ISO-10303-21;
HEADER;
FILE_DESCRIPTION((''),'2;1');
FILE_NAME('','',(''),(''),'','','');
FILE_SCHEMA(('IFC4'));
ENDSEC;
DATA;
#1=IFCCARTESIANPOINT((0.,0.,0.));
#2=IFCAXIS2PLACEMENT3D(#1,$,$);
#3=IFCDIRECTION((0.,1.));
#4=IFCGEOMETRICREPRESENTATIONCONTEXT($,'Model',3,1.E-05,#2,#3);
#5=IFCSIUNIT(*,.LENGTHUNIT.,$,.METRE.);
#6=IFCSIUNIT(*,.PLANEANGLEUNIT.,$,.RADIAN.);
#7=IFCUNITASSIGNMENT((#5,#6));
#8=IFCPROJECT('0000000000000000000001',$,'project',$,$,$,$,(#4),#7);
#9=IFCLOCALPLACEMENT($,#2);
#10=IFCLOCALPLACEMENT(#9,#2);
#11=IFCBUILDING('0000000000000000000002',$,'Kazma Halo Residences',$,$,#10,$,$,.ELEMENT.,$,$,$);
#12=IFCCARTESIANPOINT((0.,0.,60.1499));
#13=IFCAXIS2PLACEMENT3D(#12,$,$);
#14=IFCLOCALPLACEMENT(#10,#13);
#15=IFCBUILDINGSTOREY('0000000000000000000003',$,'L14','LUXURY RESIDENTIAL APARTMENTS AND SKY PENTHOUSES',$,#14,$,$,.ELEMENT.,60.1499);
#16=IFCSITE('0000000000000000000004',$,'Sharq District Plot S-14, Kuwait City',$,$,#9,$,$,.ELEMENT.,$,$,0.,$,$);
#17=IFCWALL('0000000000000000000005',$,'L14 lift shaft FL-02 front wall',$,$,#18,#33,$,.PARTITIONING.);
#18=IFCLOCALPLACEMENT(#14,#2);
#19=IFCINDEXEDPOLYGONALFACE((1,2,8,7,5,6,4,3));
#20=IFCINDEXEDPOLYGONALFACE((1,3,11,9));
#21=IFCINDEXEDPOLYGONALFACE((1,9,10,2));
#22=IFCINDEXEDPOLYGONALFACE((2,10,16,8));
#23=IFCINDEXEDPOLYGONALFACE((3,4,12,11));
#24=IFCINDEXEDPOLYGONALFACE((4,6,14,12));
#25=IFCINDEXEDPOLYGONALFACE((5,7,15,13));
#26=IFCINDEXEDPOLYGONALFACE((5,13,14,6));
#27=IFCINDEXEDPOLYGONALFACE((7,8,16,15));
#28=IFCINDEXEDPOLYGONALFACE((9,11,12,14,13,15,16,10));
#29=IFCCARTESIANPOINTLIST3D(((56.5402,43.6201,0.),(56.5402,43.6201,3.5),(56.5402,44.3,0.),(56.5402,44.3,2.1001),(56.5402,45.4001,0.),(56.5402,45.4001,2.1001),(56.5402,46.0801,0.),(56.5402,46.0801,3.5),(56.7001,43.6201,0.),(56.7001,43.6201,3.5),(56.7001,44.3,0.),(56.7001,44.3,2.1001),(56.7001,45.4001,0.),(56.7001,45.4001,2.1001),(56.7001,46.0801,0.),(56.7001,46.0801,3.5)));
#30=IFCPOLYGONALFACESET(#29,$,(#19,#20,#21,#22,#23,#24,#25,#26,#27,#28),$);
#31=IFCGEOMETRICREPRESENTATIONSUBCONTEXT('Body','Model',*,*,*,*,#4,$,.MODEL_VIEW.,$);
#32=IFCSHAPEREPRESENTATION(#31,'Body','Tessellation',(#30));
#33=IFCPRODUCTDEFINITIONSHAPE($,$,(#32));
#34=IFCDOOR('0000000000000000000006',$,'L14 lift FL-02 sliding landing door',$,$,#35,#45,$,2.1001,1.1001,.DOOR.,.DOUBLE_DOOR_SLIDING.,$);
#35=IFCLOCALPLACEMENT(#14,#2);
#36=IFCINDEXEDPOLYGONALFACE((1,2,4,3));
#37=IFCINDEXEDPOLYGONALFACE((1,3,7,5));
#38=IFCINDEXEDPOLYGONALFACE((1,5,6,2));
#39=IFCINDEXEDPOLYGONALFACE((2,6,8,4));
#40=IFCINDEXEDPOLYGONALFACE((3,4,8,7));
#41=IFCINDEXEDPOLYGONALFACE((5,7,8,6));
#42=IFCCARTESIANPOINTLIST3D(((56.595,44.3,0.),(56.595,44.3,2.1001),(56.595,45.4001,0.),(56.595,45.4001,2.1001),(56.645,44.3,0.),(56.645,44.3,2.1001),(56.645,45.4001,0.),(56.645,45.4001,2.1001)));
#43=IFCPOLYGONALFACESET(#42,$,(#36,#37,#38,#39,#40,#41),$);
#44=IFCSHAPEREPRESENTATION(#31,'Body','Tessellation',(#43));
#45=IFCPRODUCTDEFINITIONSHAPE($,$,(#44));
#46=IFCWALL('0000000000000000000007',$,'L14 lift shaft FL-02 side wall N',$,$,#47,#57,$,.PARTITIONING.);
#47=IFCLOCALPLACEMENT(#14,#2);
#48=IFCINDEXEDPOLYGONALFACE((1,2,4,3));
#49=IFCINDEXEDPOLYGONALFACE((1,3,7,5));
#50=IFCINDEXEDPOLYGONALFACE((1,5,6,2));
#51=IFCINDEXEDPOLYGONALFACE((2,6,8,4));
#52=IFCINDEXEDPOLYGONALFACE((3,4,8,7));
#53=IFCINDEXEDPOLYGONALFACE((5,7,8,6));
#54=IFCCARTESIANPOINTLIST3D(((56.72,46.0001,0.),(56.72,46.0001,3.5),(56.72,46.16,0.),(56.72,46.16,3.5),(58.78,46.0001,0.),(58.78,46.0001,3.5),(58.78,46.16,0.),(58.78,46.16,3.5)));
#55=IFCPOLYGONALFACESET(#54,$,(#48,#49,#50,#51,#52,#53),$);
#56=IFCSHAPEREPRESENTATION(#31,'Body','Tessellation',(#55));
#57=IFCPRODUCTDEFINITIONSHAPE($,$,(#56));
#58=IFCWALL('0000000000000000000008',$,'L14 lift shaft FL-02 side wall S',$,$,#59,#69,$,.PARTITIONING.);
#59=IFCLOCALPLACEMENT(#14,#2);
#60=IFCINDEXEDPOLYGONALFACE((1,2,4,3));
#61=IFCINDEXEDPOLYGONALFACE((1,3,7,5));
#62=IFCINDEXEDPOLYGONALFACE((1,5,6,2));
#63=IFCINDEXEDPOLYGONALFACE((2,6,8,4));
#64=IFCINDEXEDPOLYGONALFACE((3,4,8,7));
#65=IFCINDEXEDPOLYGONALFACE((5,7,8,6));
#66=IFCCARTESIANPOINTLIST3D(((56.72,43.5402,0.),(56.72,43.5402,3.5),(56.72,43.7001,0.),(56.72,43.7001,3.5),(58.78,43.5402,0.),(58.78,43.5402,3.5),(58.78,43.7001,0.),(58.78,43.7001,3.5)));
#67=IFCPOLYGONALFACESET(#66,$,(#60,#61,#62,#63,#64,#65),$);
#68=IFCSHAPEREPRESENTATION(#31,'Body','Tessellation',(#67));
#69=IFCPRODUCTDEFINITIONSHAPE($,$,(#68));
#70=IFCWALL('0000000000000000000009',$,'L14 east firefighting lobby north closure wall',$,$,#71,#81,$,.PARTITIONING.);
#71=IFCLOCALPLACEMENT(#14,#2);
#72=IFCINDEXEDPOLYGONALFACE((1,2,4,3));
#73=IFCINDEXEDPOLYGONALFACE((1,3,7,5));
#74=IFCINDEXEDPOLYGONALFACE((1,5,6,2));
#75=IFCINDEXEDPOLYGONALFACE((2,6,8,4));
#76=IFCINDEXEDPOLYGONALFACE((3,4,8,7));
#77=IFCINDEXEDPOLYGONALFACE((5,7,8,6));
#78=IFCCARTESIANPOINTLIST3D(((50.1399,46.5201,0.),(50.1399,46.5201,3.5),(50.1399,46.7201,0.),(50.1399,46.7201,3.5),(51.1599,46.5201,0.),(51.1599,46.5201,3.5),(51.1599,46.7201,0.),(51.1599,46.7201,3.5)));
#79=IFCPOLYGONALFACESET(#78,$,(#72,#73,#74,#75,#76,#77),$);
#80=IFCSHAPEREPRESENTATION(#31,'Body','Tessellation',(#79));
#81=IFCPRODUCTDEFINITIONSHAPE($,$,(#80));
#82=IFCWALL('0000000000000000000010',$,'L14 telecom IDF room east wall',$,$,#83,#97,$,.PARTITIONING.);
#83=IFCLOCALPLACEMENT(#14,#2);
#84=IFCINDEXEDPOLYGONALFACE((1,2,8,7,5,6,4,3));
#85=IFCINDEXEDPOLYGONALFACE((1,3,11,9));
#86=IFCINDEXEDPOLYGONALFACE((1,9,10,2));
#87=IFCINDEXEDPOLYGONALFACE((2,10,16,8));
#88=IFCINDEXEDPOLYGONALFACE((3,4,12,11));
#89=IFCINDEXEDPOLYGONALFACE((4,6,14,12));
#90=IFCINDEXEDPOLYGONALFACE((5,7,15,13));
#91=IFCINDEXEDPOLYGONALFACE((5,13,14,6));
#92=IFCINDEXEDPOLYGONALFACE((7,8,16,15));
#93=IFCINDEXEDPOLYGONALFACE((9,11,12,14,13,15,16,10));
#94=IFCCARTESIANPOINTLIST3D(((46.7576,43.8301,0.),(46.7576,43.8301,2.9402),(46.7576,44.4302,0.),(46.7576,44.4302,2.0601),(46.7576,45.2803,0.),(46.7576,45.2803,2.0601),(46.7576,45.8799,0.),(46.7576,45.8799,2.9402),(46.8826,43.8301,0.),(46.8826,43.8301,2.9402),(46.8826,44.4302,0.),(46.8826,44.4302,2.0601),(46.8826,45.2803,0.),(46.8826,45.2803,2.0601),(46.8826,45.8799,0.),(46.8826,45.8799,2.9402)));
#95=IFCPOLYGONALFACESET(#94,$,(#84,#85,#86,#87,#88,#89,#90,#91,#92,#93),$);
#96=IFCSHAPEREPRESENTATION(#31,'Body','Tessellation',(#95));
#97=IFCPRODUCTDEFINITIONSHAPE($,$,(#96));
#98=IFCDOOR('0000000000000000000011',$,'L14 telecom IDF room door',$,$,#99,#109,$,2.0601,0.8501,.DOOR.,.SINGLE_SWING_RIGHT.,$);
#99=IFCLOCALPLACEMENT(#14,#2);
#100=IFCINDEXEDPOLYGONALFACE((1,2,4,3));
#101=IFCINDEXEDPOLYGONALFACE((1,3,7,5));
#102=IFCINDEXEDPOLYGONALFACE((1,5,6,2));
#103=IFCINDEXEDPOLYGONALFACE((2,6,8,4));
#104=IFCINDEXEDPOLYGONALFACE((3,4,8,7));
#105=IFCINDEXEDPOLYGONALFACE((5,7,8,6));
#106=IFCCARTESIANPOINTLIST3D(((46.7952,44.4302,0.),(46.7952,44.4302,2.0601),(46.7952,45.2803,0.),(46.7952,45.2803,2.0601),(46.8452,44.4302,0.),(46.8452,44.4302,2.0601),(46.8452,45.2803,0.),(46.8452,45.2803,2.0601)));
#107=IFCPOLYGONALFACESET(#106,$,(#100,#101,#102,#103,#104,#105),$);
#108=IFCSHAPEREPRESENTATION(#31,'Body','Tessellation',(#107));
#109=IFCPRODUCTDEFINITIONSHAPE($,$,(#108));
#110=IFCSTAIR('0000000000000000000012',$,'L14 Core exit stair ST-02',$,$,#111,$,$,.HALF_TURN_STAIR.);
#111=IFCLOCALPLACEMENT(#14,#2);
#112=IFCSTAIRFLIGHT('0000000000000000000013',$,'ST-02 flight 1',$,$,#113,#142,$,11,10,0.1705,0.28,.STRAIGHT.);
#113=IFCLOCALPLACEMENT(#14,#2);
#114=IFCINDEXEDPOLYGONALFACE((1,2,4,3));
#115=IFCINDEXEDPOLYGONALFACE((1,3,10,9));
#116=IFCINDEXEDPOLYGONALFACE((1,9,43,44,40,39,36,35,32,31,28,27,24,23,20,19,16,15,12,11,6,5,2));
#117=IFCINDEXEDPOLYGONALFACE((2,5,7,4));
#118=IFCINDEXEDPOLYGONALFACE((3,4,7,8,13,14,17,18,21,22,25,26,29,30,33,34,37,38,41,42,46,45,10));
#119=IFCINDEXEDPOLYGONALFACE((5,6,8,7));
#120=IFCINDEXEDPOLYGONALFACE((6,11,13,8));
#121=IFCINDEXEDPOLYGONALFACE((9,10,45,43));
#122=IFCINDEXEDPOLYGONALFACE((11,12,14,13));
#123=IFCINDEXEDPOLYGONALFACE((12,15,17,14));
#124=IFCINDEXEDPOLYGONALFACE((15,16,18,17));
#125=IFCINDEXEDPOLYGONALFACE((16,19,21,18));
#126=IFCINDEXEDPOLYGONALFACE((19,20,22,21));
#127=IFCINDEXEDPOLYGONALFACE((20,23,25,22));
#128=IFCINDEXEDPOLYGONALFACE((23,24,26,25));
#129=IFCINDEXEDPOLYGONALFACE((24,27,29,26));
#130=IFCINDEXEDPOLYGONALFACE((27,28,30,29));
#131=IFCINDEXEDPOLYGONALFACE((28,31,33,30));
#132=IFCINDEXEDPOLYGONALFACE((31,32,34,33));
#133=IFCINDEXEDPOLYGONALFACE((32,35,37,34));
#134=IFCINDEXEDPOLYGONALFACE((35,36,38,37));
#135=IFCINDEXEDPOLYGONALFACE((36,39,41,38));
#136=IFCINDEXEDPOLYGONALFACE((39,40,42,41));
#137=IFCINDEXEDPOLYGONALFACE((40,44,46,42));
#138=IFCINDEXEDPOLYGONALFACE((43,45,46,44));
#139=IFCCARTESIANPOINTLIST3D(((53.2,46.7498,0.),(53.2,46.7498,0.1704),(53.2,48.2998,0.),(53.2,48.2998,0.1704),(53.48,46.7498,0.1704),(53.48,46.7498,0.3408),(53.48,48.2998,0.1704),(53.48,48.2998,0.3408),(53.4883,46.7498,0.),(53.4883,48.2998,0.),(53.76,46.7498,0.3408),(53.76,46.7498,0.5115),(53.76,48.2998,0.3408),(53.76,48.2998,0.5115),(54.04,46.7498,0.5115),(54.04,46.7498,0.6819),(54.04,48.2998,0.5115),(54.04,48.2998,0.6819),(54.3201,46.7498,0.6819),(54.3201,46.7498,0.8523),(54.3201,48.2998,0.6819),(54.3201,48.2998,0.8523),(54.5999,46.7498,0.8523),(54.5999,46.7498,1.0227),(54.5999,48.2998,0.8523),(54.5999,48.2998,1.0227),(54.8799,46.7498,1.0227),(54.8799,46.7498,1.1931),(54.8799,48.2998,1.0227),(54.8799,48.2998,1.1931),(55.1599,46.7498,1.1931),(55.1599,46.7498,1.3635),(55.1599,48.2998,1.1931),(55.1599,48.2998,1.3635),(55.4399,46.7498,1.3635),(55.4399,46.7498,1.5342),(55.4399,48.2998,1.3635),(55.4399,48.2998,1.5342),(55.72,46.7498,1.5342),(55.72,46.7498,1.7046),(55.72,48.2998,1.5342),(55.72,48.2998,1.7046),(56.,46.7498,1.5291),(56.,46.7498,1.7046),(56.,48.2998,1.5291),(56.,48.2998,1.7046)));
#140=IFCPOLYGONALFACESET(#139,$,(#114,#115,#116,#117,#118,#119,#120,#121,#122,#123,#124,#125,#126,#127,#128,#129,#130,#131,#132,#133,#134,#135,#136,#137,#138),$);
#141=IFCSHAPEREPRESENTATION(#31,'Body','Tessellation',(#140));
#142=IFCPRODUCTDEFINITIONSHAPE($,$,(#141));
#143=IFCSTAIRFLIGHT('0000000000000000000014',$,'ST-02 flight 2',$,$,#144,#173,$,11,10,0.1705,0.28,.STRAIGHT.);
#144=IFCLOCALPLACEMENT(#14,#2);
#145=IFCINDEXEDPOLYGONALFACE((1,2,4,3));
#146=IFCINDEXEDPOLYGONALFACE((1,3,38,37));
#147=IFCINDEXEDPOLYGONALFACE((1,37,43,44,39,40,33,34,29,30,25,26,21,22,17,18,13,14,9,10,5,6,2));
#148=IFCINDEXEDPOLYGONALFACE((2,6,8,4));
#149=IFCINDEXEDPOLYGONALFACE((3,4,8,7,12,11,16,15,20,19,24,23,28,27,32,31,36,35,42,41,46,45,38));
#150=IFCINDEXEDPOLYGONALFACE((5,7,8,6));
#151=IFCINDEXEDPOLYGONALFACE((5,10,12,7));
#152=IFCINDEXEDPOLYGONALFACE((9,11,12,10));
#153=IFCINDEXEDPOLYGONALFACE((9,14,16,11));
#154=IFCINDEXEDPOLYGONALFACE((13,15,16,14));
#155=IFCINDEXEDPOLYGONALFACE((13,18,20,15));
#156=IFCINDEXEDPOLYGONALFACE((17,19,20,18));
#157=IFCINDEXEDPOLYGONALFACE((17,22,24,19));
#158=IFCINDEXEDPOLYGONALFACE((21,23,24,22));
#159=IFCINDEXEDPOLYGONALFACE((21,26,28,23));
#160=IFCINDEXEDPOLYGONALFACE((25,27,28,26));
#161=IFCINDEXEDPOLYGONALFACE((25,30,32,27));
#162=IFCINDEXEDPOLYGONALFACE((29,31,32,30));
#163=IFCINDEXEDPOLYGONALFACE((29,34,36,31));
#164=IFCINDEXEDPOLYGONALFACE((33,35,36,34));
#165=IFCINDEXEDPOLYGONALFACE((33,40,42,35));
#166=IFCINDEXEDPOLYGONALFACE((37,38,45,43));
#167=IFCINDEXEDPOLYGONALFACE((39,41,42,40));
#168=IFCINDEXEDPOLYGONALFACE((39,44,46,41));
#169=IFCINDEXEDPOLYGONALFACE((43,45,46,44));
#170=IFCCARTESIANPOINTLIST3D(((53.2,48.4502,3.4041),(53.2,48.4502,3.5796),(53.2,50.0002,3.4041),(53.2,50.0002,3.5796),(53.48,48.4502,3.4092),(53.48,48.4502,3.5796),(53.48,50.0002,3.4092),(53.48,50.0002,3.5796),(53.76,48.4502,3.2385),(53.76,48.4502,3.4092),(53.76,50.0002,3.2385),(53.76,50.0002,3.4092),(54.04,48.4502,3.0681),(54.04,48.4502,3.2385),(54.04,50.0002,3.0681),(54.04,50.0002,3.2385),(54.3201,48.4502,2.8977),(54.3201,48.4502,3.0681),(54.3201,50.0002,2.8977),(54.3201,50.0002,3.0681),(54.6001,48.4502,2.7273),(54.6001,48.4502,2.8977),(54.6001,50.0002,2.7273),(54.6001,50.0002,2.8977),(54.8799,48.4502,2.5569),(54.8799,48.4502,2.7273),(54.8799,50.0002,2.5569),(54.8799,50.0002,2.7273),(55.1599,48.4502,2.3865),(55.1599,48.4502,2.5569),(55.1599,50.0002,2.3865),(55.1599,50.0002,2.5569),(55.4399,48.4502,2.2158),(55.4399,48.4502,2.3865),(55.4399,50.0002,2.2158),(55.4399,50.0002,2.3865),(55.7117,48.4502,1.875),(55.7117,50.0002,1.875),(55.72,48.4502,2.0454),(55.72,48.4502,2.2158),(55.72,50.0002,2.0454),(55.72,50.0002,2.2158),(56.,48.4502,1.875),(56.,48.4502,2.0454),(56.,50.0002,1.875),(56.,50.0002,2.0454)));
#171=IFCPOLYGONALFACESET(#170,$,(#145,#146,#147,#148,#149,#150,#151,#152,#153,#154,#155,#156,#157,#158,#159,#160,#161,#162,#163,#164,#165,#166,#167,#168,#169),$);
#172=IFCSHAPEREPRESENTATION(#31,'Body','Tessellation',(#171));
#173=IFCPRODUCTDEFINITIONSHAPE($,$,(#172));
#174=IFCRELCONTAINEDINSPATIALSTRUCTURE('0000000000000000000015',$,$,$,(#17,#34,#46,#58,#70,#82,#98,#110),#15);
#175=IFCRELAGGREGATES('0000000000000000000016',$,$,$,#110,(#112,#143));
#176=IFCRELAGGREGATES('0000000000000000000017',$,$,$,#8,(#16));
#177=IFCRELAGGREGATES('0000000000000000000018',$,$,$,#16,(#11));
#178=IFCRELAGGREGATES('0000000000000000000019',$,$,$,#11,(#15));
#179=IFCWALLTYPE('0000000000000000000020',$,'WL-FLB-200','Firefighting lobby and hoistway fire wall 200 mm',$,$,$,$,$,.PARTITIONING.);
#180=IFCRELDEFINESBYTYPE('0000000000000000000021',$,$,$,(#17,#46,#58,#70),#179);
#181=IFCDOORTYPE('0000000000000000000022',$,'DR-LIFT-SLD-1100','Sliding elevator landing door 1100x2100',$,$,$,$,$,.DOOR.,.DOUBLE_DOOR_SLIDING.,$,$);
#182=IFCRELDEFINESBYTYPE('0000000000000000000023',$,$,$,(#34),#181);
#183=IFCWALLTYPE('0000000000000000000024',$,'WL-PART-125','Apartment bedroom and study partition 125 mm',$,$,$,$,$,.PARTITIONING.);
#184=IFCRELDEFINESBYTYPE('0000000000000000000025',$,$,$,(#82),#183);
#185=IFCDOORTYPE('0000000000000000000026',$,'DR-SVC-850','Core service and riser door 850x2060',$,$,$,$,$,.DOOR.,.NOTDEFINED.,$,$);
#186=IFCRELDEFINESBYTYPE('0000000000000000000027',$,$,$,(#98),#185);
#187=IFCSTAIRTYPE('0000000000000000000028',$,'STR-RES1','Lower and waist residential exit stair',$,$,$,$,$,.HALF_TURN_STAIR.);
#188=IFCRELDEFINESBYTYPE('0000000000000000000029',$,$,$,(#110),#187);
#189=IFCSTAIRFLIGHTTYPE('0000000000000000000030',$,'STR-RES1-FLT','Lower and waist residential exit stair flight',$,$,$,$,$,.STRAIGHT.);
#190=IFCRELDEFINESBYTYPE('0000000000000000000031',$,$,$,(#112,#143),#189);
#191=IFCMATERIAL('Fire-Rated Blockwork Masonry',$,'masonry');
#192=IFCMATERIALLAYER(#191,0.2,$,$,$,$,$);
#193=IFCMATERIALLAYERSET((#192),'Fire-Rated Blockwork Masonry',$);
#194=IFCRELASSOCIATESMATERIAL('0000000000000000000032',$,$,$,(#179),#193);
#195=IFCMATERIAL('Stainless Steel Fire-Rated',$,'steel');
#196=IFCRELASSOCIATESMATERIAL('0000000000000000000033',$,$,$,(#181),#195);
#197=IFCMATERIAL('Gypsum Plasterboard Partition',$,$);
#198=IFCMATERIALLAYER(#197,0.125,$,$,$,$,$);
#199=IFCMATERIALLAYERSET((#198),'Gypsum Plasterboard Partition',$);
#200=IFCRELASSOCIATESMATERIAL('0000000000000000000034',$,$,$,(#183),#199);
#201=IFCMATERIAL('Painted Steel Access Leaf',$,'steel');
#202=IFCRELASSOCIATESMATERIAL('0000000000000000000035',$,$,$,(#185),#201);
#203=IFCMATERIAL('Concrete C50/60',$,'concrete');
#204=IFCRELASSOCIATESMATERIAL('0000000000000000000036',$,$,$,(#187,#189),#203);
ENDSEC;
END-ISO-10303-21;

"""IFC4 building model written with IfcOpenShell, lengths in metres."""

from ifc_helpers import new_model, si_unit, direction, frame, frame_2d, origin, place, context, subcontext, project, spatial, polyline, rectangle, outline, extrude, material, layer, layer_set, type_object, element, fill, aggregate, save


model = new_model("IFC4")

# Units and contexts
model_context = context("Model", 3, precision=1e-05, world=origin(), true_north=direction((0.0, 1.0)))
body_context = subcontext(model_context, "Body", "Model", "MODEL_VIEW")
ifc_project = project(units=[si_unit("LENGTHUNIT", "METRE"), si_unit("PLANEANGLEUNIT", "RADIAN")], contexts=[model_context])

# Site, building, storey
site_placement = place(None, origin())
site = spatial("IfcSite", under=ifc_project, at=site_placement, Name="Sharq District Plot S-14, Kuwait City", CompositionType="ELEMENT", RefElevation=0.0)
building_placement = place(site_placement, origin())
building = spatial("IfcBuilding", under=site, at=building_placement, Name="Kazma Halo Residences", CompositionType="ELEMENT")
storey_placement = place(building_placement, frame((0.0, 0.0, 60.1499)))
storey = spatial("IfcBuildingStorey", under=building, at=storey_placement, Name="L14", Description="LUXURY RESIDENTIAL APARTMENTS AND SKY PENTHOUSES", CompositionType="ELEMENT", Elevation=60.1499)

# Wall, opening, door
ifc_material_1 = material(Name="Fire-Rated Blockwork Masonry", Category="masonry")
ifc_layer_1 = layer(ifc_material_1, 0.2)
ifc_layer_set_1 = layer_set([ifc_layer_1], Name="Fire-Rated Blockwork Masonry")
wall_type_1 = type_object("IfcWallType", Name="WL-FLB-200", Description="Firefighting lobby and hoistway fire wall 200 mm", PredefinedType="PARTITIONING", material=ifc_layer_set_1)
wall_1_placement = place(storey_placement, frame((56.6201, 46.0801, 0.0), z_axis=(0.0, 0.0, 1.0), x_axis=(0.0, -1.0, 0.0)))
wall_1 = element("IfcWall", 1, at=wall_1_placement, inside=storey, type_object=wall_type_1, Name="L14 lift shaft FL-02 front wall", PredefinedType="PARTITIONING", context=body_context, shape_type="SweptSolid", body=[
    extrude(rectangle(XDim=2.46, YDim=0.1599, at=frame_2d((1.23, 0.0))), origin(), (0.0, 0.0, 1.0), 3.5),
])
opening_1_placement = place(wall_1_placement, frame((0.6799, 0.0, 0.0)))
opening_1 = element("IfcOpeningElement", 2, at=opening_1_placement, cuts=wall_1, PredefinedType="OPENING", context=body_context, shape_type="SweptSolid", body=[
    extrude(rectangle(XDim=1.1001, YDim=2.1001, at=frame_2d((0.55, 1.05))), frame((0.0, 0.0898, 0.0), z_axis=(0.0, -1.0, 0.0), x_axis=(1.0, 0.0, 0.0)), (0.0, 0.0, 1.0), 0.1799),
])
ifc_material_2 = material(Name="Stainless Steel Fire-Rated", Category="steel")
door_type_1 = type_object("IfcDoorType", Name="DR-LIFT-SLD-1100", Description="Sliding elevator landing door 1100x2100", OperationType="DOUBLE_DOOR_SLIDING", PredefinedType="DOOR", material=ifc_material_2)
door_1_placement = place(opening_1_placement, origin())
door_1 = element("IfcDoor", 3, at=door_1_placement, inside=storey, type_object=door_type_1, Name="L14 lift FL-02 sliding landing door", OperationType="DOUBLE_DOOR_SLIDING", OverallHeight=2.1001, OverallWidth=1.1001, PredefinedType="DOOR", context=body_context, shape_type="SweptSolid", body=[
    extrude(rectangle(XDim=1.1001, YDim=2.1001, at=frame_2d((0.55, 1.05))), frame((0.0, 0.0249, 0.0), z_axis=(0.0, -1.0, 0.0), x_axis=(1.0, 0.0, 0.0)), (0.0, 0.0, 1.0), 0.05),
])
fill(opening_1, door_1)

# Walls
for number, where, z_axis, x_axis, name in (
    (4, (56.72, 46.0801, 0.0), (0.0, 0.0, 1.0), (1.0, 0.0, 0.0), "L14 lift shaft FL-02 side wall N"),
    (5, (56.72, 43.6201, 0.0), (0.0, 0.0, 1.0), (1.0, 0.0, 0.0), "L14 lift shaft FL-02 side wall S"),
):
    element("IfcWall", number, at=place(storey_placement, frame(where, z_axis=z_axis, x_axis=x_axis)), inside=storey, type_object=wall_type_1, Name=name, PredefinedType="PARTITIONING", context=body_context, shape_type="SweptSolid", body=[
        extrude(rectangle(XDim=2.0601, YDim=0.1599, at=frame_2d((1.03, 0.0))), origin(), (0.0, 0.0, 1.0), 3.5),
    ])
wall_2_placement = place(storey_placement, frame((50.1399, 46.6201, 0.0), z_axis=(0.0, 0.0, 1.0), x_axis=(1.0, 0.0, 0.0)))
element("IfcWall", 6, at=wall_2_placement, inside=storey, type_object=wall_type_1, Name="L14 east firefighting lobby north closure wall", PredefinedType="PARTITIONING", context=body_context, shape_type="SweptSolid", body=[
    extrude(rectangle(XDim=1.02, YDim=0.2, at=frame_2d((0.51, 0.0))), origin(), (0.0, 0.0, 1.0), 3.5),
])

# Wall, opening, door
ifc_material_3 = material(Name="Gypsum Plasterboard Partition")
ifc_layer_2 = layer(ifc_material_3, 0.125)
ifc_layer_set_2 = layer_set([ifc_layer_2], Name="Gypsum Plasterboard Partition")
wall_type_2 = type_object("IfcWallType", Name="WL-PART-125", Description="Apartment bedroom and study partition 125 mm", PredefinedType="PARTITIONING", material=ifc_layer_set_2)
wall_3_placement = place(storey_placement, frame((46.8201, 43.8301, 0.0), z_axis=(0.0, 0.0, 1.0), x_axis=(0.0, 1.0, 0.0)))
wall_3 = element("IfcWall", 7, at=wall_3_placement, inside=storey, type_object=wall_type_2, Name="L14 telecom IDF room east wall", PredefinedType="PARTITIONING", context=body_context, shape_type="SweptSolid", body=[
    extrude(rectangle(XDim=2.0498, YDim=0.125, at=frame_2d((1.0249, 0.0))), origin(), (0.0, 0.0, 1.0), 2.9402),
])
opening_2_placement = place(wall_3_placement, frame((0.6001, 0.0, 0.0)))
opening_2 = element("IfcOpeningElement", 8, at=opening_2_placement, cuts=wall_3, PredefinedType="OPENING", context=body_context, shape_type="SweptSolid", body=[
    extrude(rectangle(XDim=0.8501, YDim=2.0601, at=frame_2d((0.425, 1.03))), frame((0.0, 0.0725, 0.0), z_axis=(0.0, -1.0, 0.0), x_axis=(1.0, 0.0, 0.0)), (0.0, 0.0, 1.0), 0.145),
])
ifc_material_4 = material(Name="Painted Steel Access Leaf", Category="steel")
door_type_2 = type_object("IfcDoorType", Name="DR-SVC-850", Description="Core service and riser door 850x2060", OperationType="NOTDEFINED", PredefinedType="DOOR", material=ifc_material_4)
door_2_placement = place(opening_2_placement, origin())
door_2 = element("IfcDoor", 9, at=door_2_placement, inside=storey, type_object=door_type_2, Name="L14 telecom IDF room door", OperationType="SINGLE_SWING_RIGHT", OverallHeight=2.0601, OverallWidth=0.8501, PredefinedType="DOOR", context=body_context, shape_type="SweptSolid", body=[
    extrude(rectangle(XDim=0.8501, YDim=2.0601, at=frame_2d((0.425, 1.03))), frame((0.0, 0.0249, 0.0), z_axis=(0.0, -1.0, 0.0), x_axis=(1.0, 0.0, 0.0)), (0.0, 0.0, 1.0), 0.05),
])
fill(opening_2, door_2)
ifc_material_5 = material(Name="Concrete C50/60", Category="concrete")

# Stair, stair flights
stair_type = type_object("IfcStairType", Name="STR-RES1", Description="Lower and waist residential exit stair", PredefinedType="HALF_TURN_STAIR", material=ifc_material_5)
stair_placement = place(storey_placement, origin())
stair = element("IfcStair", 10, at=stair_placement, inside=storey, type_object=stair_type, Name="L14 Core exit stair ST-02", PredefinedType="HALF_TURN_STAIR")
stair_flight_type = type_object("IfcStairFlightType", Name="STR-RES1-FLT", Description="Lower and waist residential exit stair flight", PredefinedType="STRAIGHT", material=ifc_material_5)
stair_flight_1_placement = place(storey_placement, frame((53.2, 47.5249, 0.0), z_axis=(0.0, 0.0, 1.0), x_axis=(1.0, 0.0, 0.0)))
stair_flight_1 = element("IfcStairFlight", 11, at=stair_flight_1_placement, type_object=stair_flight_type, Name="ST-02 flight 1", NumberOfRisers=11, NumberOfTreads=10, PredefinedType="STRAIGHT", RiserHeight=0.1705, TreadLength=0.28, context=body_context, shape_type="SweptSolid", body=[
    extrude(outline(polyline([(0.0, 0.0), (0.0, 0.1704), (0.28, 0.1704), (0.28, 0.3408), (0.5601, 0.3408), (0.5601, 0.5115), (0.8401, 0.5115), (0.8401, 0.6819), (1.1201, 0.6819), (1.1201, 0.8523), (1.3999, 0.8523), (1.3999, 1.0227), (1.6799, 1.0227), (1.6799, 1.1931), (1.96, 1.1931), (1.96, 1.3635), (2.24, 1.3635), (2.24, 1.5342), (2.52, 1.5342), (2.52, 1.7046), (2.8, 1.7046), (2.8, 1.875), (2.8, 1.5291), (0.2883, 0.0), (0.0, 0.0)])), frame((0.0, 0.7749, 0.0), z_axis=(0.0, -1.0, 0.0), x_axis=(1.0, 0.0, 0.0)), (0.0, 0.0, 1.0), 1.55),
])
stair_flight_2_placement = place(storey_placement, frame((56.0, 49.2251, 1.875), z_axis=(0.0, 0.0, 1.0), x_axis=(-1.0, 0.0, 0.0)))
stair_flight_2 = element("IfcStairFlight", 12, at=stair_flight_2_placement, type_object=stair_flight_type, Name="ST-02 flight 2", NumberOfRisers=11, NumberOfTreads=10, PredefinedType="STRAIGHT", RiserHeight=0.1705, TreadLength=0.28, context=body_context, shape_type="SweptSolid", body=[
    extrude(outline(polyline([(0.0, 0.0), (0.0, 0.1704), (0.28, 0.1704), (0.28, 0.3408), (0.5601, 0.3408), (0.5601, 0.5115), (0.8401, 0.5115), (0.8401, 0.6819), (1.1201, 0.6819), (1.1201, 0.8523), (1.3999, 0.8523), (1.3999, 1.0227), (1.6799, 1.0227), (1.6799, 1.1931), (1.96, 1.1931), (1.96, 1.3635), (2.24, 1.3635), (2.24, 1.5342), (2.52, 1.5342), (2.52, 1.7046), (2.8, 1.7046), (2.8, 1.875), (2.8, 1.5291), (0.2883, 0.0), (0.0, 0.0)])), frame((0.0, 0.7749, 0.0), z_axis=(0.0, -1.0, 0.0), x_axis=(1.0, 0.0, 0.0)), (0.0, 0.0, 1.0), 1.55),
])
aggregate(stair, [stair_flight_1, stair_flight_2])

save(model, "model.ifc")
